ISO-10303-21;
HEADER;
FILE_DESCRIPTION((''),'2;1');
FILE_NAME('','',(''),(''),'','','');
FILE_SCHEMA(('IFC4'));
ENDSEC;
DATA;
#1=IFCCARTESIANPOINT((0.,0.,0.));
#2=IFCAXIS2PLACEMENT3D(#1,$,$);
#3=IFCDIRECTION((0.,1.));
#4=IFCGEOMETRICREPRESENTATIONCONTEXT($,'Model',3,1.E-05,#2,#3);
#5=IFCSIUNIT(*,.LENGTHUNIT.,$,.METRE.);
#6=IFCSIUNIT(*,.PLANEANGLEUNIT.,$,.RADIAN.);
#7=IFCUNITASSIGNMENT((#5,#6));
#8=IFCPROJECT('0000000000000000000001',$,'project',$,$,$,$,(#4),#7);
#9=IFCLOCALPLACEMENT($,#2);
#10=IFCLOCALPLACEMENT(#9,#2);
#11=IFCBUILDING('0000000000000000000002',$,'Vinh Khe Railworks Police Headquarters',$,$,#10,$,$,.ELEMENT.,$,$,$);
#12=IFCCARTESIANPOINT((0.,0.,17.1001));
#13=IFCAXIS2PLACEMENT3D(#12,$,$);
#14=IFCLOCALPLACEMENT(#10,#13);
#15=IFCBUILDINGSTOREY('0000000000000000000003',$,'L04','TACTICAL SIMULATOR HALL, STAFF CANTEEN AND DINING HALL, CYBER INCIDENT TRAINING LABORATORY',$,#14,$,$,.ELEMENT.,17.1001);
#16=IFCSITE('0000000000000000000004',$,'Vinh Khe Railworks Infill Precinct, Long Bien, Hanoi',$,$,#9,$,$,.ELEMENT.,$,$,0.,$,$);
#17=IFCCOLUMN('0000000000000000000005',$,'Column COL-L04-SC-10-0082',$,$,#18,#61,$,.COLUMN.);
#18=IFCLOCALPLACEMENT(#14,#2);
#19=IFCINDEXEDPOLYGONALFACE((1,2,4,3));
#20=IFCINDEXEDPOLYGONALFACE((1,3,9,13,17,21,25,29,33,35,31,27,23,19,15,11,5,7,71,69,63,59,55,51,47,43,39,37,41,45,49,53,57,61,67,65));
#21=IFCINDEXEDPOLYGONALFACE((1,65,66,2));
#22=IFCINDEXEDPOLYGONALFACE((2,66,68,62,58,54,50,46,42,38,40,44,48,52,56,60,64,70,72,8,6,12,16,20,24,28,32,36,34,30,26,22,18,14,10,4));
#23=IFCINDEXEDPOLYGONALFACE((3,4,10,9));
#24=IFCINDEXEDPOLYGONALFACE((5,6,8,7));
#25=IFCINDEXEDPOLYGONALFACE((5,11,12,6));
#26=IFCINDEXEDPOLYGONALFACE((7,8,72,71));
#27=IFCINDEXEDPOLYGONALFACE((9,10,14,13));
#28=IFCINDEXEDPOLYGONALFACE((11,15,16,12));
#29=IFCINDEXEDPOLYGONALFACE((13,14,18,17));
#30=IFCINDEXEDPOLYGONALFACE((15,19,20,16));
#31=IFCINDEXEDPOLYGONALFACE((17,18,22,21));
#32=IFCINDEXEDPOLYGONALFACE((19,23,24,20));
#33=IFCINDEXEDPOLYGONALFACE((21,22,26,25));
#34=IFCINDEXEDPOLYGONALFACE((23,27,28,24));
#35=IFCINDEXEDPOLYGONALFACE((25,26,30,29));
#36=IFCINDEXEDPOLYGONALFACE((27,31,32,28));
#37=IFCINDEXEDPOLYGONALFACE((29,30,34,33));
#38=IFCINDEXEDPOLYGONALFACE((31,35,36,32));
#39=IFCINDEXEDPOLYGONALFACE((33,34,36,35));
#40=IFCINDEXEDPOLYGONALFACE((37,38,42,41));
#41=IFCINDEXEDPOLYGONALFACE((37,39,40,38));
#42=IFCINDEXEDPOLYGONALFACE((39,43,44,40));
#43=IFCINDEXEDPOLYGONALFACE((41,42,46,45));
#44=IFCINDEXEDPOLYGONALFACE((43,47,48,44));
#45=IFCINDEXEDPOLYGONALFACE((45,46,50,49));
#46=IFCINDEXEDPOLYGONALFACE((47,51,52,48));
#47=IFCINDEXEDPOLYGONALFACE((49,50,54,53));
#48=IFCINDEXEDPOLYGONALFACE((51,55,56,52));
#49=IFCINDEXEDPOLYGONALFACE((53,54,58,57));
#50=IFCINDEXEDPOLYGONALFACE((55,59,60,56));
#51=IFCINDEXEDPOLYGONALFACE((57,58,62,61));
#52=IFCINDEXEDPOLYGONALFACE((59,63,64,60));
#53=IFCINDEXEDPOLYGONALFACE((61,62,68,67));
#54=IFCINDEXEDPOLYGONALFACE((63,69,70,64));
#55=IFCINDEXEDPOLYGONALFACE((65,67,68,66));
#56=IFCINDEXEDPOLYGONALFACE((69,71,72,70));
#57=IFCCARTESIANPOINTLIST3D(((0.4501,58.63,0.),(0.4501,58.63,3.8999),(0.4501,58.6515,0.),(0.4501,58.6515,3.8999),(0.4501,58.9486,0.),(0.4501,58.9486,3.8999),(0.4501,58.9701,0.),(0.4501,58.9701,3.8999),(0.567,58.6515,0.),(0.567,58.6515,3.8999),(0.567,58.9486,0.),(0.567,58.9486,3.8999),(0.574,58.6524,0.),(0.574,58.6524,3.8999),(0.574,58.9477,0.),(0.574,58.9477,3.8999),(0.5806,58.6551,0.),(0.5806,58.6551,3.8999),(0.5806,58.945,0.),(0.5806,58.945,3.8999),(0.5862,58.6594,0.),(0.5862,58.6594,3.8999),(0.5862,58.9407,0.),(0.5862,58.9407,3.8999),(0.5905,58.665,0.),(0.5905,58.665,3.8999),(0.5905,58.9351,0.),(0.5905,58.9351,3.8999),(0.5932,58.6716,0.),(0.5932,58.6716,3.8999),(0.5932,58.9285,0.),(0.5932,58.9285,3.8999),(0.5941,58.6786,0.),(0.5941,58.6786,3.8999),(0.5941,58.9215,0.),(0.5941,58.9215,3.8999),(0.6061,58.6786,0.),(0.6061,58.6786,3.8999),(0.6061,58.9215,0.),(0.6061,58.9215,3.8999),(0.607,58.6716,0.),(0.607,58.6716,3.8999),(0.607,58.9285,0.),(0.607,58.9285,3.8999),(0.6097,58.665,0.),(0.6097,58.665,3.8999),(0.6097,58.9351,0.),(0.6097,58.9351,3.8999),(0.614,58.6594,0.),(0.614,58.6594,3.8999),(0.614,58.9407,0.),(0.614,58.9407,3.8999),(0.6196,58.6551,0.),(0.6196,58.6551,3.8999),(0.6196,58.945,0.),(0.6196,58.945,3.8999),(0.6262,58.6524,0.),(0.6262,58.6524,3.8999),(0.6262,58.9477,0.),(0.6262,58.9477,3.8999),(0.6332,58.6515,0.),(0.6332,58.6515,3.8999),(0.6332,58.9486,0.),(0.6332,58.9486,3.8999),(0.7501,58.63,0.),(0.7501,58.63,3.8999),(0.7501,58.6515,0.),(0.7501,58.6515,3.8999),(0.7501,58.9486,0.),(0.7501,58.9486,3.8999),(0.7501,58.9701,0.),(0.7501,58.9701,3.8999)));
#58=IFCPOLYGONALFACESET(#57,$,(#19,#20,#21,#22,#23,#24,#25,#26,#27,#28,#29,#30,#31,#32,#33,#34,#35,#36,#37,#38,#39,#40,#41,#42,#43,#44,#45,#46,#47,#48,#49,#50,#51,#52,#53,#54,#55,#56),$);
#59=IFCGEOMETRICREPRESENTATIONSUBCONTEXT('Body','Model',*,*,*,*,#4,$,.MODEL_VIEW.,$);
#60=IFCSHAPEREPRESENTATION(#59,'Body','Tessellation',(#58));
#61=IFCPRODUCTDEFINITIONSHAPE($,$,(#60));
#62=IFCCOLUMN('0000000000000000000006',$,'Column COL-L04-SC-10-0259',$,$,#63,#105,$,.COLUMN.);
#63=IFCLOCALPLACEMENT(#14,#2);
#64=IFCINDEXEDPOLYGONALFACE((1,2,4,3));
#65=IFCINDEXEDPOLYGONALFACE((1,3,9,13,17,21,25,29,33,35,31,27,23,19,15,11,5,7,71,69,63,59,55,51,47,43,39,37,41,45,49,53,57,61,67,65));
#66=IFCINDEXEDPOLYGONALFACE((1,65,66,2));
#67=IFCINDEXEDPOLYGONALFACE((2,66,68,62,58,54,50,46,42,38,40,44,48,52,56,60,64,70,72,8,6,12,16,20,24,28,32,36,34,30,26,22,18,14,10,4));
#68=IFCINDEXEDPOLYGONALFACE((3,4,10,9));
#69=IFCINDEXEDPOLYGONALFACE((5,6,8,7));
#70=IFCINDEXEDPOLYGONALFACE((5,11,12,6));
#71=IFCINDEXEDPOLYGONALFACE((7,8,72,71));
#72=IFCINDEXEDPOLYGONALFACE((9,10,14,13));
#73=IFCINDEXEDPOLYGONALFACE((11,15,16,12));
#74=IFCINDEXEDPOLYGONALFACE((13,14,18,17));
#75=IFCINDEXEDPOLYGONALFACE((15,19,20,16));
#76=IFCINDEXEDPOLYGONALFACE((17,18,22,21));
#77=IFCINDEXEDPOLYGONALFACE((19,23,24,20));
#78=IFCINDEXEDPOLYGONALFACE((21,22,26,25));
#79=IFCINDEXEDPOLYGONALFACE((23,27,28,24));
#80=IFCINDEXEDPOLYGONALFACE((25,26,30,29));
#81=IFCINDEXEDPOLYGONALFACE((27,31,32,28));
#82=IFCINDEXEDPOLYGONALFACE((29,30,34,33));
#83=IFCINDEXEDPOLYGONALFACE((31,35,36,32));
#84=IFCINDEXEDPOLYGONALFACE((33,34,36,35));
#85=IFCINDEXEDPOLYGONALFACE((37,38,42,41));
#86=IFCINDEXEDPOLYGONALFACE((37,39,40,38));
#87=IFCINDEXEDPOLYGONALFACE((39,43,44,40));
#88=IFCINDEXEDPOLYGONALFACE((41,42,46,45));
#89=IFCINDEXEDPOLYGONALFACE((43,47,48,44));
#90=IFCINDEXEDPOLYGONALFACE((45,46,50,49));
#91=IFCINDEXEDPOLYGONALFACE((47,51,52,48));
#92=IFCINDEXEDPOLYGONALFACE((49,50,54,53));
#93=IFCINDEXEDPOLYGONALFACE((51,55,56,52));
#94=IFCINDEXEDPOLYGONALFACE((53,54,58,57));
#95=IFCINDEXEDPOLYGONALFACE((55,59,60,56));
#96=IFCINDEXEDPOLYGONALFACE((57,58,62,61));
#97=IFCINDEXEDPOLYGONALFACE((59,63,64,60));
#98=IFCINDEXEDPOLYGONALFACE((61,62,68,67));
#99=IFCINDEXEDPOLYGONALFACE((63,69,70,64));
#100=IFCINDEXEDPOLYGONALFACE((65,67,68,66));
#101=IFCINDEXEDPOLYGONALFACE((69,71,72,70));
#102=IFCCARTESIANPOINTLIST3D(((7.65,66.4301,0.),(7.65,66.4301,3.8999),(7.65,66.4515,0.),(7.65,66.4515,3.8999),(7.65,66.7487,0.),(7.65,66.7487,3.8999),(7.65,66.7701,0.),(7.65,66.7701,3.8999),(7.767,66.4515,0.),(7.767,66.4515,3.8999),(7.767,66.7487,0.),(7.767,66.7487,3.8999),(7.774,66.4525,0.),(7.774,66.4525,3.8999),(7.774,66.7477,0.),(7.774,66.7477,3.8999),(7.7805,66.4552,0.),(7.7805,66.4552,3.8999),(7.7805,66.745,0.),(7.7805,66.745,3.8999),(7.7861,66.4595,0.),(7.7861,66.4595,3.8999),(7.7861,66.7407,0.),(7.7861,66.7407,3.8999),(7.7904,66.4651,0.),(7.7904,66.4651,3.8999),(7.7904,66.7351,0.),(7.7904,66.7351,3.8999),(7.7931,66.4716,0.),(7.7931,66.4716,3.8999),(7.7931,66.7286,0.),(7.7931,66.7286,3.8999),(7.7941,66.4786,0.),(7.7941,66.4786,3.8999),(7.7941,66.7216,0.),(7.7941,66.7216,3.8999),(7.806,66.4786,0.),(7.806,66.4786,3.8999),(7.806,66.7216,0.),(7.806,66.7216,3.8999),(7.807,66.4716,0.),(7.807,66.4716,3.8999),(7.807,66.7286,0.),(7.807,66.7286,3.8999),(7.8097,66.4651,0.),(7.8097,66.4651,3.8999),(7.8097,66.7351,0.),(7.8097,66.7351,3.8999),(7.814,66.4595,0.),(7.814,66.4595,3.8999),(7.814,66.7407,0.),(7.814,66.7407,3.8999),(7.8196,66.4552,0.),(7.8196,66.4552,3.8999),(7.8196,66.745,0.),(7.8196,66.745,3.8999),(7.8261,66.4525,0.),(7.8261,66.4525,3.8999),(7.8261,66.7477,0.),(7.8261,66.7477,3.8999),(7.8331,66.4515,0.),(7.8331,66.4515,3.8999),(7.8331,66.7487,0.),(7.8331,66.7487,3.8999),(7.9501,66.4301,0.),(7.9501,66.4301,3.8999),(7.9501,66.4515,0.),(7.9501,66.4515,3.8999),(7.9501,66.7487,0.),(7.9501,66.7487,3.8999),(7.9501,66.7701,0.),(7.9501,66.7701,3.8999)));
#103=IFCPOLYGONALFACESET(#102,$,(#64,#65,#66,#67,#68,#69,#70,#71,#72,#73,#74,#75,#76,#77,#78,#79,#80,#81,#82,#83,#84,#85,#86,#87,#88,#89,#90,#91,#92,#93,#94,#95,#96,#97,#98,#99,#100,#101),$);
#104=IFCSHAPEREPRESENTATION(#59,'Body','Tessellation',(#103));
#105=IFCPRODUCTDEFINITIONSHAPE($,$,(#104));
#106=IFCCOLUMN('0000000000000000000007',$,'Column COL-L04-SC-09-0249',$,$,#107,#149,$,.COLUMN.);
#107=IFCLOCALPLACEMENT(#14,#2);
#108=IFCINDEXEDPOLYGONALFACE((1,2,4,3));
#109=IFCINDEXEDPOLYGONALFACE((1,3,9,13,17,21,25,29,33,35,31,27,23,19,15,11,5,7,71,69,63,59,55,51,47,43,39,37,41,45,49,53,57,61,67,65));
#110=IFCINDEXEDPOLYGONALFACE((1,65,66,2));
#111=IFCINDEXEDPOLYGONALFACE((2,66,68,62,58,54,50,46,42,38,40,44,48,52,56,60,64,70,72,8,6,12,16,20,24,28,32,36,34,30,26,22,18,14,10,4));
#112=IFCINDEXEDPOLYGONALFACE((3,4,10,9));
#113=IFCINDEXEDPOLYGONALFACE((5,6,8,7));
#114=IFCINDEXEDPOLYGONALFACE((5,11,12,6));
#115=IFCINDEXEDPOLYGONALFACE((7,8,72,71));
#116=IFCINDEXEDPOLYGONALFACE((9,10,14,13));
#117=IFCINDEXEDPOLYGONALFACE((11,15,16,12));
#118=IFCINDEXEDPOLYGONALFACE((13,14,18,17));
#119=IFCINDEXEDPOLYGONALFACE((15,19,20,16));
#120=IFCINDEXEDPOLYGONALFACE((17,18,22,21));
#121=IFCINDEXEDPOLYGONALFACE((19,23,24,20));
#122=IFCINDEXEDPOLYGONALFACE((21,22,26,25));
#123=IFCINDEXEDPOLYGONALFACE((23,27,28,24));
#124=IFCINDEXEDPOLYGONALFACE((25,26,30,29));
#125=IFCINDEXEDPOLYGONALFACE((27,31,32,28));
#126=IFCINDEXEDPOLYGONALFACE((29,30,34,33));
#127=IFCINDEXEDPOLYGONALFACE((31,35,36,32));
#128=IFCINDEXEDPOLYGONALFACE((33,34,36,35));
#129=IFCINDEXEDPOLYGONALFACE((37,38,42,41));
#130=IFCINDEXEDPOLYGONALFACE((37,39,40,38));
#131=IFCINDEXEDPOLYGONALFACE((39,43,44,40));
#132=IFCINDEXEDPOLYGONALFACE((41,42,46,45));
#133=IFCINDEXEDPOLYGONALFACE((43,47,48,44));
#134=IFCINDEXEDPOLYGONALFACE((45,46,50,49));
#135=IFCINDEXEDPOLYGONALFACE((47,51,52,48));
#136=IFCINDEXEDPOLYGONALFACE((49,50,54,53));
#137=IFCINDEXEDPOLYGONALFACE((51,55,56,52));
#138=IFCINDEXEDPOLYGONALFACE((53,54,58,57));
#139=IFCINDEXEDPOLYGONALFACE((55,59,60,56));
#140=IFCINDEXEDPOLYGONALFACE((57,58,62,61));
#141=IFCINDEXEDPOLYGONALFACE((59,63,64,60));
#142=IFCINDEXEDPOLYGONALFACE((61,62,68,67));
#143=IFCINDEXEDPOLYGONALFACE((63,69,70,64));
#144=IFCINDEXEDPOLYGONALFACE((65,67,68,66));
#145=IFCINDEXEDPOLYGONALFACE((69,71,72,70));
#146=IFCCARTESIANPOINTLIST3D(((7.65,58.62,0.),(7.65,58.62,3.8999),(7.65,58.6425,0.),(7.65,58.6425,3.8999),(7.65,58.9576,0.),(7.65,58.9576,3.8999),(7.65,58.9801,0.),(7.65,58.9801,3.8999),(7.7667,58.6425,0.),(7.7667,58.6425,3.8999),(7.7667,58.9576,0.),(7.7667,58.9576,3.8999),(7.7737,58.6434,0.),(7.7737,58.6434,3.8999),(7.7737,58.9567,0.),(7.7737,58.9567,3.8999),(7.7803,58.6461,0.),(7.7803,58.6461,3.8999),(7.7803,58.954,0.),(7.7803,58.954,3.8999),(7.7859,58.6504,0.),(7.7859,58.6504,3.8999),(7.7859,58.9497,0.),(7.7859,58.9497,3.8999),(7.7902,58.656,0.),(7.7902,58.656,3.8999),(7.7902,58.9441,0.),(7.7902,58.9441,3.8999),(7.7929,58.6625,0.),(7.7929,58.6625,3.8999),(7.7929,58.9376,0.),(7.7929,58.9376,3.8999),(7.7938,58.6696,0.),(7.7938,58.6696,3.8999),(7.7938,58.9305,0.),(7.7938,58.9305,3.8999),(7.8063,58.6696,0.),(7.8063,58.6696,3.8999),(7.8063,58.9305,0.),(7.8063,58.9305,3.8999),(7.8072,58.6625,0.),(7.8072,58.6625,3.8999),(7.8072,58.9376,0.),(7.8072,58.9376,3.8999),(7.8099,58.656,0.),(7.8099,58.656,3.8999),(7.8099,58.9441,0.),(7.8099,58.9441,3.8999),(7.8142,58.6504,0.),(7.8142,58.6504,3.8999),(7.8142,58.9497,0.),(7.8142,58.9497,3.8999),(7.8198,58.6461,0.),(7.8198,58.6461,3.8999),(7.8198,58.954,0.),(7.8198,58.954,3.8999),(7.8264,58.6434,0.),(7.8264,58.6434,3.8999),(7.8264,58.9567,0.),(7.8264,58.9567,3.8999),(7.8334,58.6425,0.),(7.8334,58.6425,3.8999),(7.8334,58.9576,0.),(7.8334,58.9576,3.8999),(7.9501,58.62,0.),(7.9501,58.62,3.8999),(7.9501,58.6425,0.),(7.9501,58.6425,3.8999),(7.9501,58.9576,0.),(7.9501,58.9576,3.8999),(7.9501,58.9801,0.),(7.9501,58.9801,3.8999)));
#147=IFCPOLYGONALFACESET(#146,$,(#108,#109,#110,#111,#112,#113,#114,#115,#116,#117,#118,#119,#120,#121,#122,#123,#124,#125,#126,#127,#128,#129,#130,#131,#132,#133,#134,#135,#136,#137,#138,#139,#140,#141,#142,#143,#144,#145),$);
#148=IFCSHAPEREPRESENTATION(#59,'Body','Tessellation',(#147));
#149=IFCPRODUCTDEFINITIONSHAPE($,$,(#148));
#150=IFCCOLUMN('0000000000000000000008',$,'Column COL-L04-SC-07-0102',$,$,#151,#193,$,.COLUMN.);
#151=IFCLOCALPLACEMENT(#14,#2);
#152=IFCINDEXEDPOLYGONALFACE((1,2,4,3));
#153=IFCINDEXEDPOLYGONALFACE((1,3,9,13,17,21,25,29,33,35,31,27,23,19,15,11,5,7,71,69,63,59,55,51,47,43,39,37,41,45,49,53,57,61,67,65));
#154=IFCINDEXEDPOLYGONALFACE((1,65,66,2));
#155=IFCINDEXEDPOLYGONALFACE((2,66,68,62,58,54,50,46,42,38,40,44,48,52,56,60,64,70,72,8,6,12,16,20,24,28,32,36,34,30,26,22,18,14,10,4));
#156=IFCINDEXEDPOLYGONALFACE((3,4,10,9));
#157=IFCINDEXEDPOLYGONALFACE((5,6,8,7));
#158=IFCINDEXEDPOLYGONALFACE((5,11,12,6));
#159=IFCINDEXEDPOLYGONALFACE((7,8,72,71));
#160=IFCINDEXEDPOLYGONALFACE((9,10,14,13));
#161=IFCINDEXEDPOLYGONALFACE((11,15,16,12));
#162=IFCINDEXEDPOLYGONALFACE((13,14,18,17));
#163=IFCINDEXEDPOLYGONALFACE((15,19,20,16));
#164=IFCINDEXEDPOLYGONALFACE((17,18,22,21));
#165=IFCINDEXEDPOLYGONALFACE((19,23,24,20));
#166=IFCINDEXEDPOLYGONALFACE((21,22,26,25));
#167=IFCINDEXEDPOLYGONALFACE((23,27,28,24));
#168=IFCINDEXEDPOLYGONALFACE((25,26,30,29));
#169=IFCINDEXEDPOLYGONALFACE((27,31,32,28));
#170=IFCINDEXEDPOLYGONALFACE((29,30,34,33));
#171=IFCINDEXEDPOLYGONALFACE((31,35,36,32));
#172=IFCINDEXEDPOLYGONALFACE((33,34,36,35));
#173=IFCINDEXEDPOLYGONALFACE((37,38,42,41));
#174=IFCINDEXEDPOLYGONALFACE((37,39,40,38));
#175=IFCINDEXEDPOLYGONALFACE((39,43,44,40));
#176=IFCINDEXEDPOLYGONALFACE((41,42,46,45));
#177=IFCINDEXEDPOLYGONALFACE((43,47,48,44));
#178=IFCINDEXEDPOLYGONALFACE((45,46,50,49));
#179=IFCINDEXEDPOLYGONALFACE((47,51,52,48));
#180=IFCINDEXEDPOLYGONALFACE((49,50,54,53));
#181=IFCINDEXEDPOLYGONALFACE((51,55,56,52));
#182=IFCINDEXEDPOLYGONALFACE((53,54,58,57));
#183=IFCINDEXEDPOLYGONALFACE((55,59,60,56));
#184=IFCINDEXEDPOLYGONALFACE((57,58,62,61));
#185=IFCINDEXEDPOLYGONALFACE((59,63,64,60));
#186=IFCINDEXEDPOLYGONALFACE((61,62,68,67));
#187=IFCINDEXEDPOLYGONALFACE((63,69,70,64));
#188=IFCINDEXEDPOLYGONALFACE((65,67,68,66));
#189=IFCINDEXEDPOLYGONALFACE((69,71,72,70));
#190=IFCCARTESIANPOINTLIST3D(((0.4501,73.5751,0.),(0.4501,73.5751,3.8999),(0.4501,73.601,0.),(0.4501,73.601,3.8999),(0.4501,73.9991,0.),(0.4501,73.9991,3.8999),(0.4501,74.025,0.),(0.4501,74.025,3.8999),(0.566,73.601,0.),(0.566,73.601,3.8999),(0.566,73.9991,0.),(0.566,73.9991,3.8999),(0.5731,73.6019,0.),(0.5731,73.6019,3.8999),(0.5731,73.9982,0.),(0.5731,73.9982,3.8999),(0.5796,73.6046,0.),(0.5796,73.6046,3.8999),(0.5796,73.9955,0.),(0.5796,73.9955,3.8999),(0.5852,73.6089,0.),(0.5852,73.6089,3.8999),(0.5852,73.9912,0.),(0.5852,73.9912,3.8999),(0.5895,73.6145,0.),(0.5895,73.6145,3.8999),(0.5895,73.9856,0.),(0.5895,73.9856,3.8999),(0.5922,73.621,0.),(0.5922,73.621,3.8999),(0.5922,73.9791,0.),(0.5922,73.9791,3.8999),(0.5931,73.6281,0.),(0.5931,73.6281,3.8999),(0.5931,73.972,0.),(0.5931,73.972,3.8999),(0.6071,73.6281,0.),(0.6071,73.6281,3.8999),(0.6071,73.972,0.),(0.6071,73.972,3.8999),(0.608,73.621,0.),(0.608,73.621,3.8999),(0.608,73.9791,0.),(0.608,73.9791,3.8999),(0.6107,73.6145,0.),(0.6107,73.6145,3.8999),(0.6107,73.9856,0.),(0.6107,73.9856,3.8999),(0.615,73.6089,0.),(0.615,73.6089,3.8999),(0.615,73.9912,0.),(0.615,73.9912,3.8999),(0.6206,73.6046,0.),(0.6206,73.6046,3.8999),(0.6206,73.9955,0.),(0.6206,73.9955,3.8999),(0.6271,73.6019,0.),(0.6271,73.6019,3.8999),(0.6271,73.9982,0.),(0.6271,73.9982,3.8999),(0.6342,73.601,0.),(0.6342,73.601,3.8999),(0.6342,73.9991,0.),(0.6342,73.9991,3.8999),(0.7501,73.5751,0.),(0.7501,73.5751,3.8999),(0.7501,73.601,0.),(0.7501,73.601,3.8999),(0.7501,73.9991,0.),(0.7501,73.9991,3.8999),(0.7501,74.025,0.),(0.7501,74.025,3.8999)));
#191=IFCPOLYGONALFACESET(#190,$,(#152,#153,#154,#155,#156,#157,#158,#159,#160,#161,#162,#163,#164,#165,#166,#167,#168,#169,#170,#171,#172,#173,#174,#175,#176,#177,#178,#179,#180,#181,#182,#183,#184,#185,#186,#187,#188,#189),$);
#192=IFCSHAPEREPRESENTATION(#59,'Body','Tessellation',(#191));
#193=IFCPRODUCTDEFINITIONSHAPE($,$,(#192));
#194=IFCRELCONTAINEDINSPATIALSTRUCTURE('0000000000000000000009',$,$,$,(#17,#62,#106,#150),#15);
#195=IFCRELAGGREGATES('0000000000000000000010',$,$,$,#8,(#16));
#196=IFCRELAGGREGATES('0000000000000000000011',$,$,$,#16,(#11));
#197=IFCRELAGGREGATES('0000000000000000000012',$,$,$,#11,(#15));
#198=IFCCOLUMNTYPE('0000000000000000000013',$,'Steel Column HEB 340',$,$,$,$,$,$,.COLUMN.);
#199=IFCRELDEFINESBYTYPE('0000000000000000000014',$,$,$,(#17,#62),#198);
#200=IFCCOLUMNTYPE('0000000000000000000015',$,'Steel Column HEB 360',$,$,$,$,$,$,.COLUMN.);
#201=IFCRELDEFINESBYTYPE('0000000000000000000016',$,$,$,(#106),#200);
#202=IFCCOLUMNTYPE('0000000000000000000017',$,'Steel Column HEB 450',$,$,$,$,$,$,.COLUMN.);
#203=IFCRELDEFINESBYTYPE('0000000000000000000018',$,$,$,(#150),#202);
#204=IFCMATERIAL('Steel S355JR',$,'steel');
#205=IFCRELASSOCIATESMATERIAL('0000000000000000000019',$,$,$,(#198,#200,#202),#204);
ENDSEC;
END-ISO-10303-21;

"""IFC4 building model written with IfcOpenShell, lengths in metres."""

from ifc_helpers import new_model, si_unit, direction, frame, origin, origin_2d, place, context, subcontext, project, spatial, i_section, extrude, material, material_profile, profile_set, type_object, element, save


model = new_model("IFC4")

# Units and contexts
model_context = context("Model", 3, precision=1e-05, world=origin(), true_north=direction((0.0, 1.0)))
body_context = subcontext(model_context, "Body", "Model", "MODEL_VIEW")
ifc_project = project(units=[si_unit("LENGTHUNIT", "METRE"), si_unit("PLANEANGLEUNIT", "RADIAN")], contexts=[model_context])

# Site, building, storey
site_placement = place(None, origin())
site = spatial("IfcSite", under=ifc_project, at=site_placement, Name="Vinh Khe Railworks Infill Precinct, Long Bien, Hanoi", CompositionType="ELEMENT", RefElevation=0.0)
building_placement = place(site_placement, origin())
building = spatial("IfcBuilding", under=site, at=building_placement, Name="Vinh Khe Railworks Police Headquarters", CompositionType="ELEMENT")
storey_placement = place(building_placement, frame((0.0, 0.0, 17.1001)))
storey = spatial("IfcBuildingStorey", under=building, at=storey_placement, Name="L04", Description="TACTICAL SIMULATOR HALL, STAFF CANTEEN AND DINING HALL, CYBER INCIDENT TRAINING LABORATORY", CompositionType="ELEMENT", Elevation=17.1001)

# Columns
ifc_material_1 = material(Name="Steel S355JR", Category="steel")
ifc_material_profile_1 = material_profile(ifc_material_1, i_section(OverallWidth=0.3, OverallDepth=0.3401, WebThickness=0.012, FlangeThickness=0.0215, FilletRadius=0.0271, at=origin_2d()), Name="HEB 340")
ifc_profile_set_1 = profile_set([ifc_material_profile_1], Name="Steel S355JR")
column_type_1 = type_object("IfcColumnType", Name="Steel Column HEB 340", PredefinedType="COLUMN", material=ifc_profile_set_1)
for number, where, z_axis, x_axis, name in (
    (1, (0.6001, 58.8, 0.0), (0.0, 0.0, 1.0), (1.0, 0.0, 0.0), "Column COL-L04-SC-10-0082"),
    (2, (7.8, 66.6001, 0.0), (0.0, 0.0, 1.0), (1.0, 0.0, 0.0), "Column COL-L04-SC-10-0259"),
):
    element("IfcColumn", number, at=place(storey_placement, frame(where, z_axis=z_axis, x_axis=x_axis)), inside=storey, type_object=column_type_1, Name=name, PredefinedType="COLUMN", context=body_context, shape_type="SweptSolid", body=[
        extrude(i_section(OverallWidth=0.3, OverallDepth=0.3401, WebThickness=0.012, FlangeThickness=0.0215, FilletRadius=0.0271, at=origin_2d()), origin(), (0.0, 0.0, 1.0), 3.8999),
    ])
ifc_material_profile_2 = material_profile(ifc_material_1, i_section(OverallWidth=0.3, OverallDepth=0.3601, WebThickness=0.0125, FlangeThickness=0.0225, FilletRadius=0.0271, at=origin_2d()), Name="HEB 360")
ifc_profile_set_2 = profile_set([ifc_material_profile_2], Name="Steel S355JR")
column_type_2 = type_object("IfcColumnType", Name="Steel Column HEB 360", PredefinedType="COLUMN", material=ifc_profile_set_2)
column_1_placement = place(storey_placement, frame((7.8, 58.8, 0.0), z_axis=(0.0, 0.0, 1.0), x_axis=(1.0, 0.0, 0.0)))
element("IfcColumn", 3, at=column_1_placement, inside=storey, type_object=column_type_2, Name="Column COL-L04-SC-09-0249", PredefinedType="COLUMN", context=body_context, shape_type="SweptSolid", body=[
    extrude(i_section(OverallWidth=0.3, OverallDepth=0.3601, WebThickness=0.0125, FlangeThickness=0.0225, FilletRadius=0.0271, at=origin_2d()), origin(), (0.0, 0.0, 1.0), 3.8999),
])
ifc_material_profile_3 = material_profile(ifc_material_1, i_section(OverallWidth=0.3, OverallDepth=0.45, WebThickness=0.0139, FlangeThickness=0.0259, FilletRadius=0.0271, at=origin_2d()), Name="HEB 450")
ifc_profile_set_3 = profile_set([ifc_material_profile_3], Name="Steel S355JR")
column_type_3 = type_object("IfcColumnType", Name="Steel Column HEB 450", PredefinedType="COLUMN", material=ifc_profile_set_3)
column_2_placement = place(storey_placement, frame((0.6001, 73.8, 0.0), z_axis=(0.0, 0.0, 1.0), x_axis=(1.0, 0.0, 0.0)))
element("IfcColumn", 4, at=column_2_placement, inside=storey, type_object=column_type_3, Name="Column COL-L04-SC-07-0102", PredefinedType="COLUMN", context=body_context, shape_type="SweptSolid", body=[
    extrude(i_section(OverallWidth=0.3, OverallDepth=0.45, WebThickness=0.0139, FlangeThickness=0.0259, FilletRadius=0.0271, at=origin_2d()), origin(), (0.0, 0.0, 1.0), 3.8999),
])

save(model, "model.ifc")
